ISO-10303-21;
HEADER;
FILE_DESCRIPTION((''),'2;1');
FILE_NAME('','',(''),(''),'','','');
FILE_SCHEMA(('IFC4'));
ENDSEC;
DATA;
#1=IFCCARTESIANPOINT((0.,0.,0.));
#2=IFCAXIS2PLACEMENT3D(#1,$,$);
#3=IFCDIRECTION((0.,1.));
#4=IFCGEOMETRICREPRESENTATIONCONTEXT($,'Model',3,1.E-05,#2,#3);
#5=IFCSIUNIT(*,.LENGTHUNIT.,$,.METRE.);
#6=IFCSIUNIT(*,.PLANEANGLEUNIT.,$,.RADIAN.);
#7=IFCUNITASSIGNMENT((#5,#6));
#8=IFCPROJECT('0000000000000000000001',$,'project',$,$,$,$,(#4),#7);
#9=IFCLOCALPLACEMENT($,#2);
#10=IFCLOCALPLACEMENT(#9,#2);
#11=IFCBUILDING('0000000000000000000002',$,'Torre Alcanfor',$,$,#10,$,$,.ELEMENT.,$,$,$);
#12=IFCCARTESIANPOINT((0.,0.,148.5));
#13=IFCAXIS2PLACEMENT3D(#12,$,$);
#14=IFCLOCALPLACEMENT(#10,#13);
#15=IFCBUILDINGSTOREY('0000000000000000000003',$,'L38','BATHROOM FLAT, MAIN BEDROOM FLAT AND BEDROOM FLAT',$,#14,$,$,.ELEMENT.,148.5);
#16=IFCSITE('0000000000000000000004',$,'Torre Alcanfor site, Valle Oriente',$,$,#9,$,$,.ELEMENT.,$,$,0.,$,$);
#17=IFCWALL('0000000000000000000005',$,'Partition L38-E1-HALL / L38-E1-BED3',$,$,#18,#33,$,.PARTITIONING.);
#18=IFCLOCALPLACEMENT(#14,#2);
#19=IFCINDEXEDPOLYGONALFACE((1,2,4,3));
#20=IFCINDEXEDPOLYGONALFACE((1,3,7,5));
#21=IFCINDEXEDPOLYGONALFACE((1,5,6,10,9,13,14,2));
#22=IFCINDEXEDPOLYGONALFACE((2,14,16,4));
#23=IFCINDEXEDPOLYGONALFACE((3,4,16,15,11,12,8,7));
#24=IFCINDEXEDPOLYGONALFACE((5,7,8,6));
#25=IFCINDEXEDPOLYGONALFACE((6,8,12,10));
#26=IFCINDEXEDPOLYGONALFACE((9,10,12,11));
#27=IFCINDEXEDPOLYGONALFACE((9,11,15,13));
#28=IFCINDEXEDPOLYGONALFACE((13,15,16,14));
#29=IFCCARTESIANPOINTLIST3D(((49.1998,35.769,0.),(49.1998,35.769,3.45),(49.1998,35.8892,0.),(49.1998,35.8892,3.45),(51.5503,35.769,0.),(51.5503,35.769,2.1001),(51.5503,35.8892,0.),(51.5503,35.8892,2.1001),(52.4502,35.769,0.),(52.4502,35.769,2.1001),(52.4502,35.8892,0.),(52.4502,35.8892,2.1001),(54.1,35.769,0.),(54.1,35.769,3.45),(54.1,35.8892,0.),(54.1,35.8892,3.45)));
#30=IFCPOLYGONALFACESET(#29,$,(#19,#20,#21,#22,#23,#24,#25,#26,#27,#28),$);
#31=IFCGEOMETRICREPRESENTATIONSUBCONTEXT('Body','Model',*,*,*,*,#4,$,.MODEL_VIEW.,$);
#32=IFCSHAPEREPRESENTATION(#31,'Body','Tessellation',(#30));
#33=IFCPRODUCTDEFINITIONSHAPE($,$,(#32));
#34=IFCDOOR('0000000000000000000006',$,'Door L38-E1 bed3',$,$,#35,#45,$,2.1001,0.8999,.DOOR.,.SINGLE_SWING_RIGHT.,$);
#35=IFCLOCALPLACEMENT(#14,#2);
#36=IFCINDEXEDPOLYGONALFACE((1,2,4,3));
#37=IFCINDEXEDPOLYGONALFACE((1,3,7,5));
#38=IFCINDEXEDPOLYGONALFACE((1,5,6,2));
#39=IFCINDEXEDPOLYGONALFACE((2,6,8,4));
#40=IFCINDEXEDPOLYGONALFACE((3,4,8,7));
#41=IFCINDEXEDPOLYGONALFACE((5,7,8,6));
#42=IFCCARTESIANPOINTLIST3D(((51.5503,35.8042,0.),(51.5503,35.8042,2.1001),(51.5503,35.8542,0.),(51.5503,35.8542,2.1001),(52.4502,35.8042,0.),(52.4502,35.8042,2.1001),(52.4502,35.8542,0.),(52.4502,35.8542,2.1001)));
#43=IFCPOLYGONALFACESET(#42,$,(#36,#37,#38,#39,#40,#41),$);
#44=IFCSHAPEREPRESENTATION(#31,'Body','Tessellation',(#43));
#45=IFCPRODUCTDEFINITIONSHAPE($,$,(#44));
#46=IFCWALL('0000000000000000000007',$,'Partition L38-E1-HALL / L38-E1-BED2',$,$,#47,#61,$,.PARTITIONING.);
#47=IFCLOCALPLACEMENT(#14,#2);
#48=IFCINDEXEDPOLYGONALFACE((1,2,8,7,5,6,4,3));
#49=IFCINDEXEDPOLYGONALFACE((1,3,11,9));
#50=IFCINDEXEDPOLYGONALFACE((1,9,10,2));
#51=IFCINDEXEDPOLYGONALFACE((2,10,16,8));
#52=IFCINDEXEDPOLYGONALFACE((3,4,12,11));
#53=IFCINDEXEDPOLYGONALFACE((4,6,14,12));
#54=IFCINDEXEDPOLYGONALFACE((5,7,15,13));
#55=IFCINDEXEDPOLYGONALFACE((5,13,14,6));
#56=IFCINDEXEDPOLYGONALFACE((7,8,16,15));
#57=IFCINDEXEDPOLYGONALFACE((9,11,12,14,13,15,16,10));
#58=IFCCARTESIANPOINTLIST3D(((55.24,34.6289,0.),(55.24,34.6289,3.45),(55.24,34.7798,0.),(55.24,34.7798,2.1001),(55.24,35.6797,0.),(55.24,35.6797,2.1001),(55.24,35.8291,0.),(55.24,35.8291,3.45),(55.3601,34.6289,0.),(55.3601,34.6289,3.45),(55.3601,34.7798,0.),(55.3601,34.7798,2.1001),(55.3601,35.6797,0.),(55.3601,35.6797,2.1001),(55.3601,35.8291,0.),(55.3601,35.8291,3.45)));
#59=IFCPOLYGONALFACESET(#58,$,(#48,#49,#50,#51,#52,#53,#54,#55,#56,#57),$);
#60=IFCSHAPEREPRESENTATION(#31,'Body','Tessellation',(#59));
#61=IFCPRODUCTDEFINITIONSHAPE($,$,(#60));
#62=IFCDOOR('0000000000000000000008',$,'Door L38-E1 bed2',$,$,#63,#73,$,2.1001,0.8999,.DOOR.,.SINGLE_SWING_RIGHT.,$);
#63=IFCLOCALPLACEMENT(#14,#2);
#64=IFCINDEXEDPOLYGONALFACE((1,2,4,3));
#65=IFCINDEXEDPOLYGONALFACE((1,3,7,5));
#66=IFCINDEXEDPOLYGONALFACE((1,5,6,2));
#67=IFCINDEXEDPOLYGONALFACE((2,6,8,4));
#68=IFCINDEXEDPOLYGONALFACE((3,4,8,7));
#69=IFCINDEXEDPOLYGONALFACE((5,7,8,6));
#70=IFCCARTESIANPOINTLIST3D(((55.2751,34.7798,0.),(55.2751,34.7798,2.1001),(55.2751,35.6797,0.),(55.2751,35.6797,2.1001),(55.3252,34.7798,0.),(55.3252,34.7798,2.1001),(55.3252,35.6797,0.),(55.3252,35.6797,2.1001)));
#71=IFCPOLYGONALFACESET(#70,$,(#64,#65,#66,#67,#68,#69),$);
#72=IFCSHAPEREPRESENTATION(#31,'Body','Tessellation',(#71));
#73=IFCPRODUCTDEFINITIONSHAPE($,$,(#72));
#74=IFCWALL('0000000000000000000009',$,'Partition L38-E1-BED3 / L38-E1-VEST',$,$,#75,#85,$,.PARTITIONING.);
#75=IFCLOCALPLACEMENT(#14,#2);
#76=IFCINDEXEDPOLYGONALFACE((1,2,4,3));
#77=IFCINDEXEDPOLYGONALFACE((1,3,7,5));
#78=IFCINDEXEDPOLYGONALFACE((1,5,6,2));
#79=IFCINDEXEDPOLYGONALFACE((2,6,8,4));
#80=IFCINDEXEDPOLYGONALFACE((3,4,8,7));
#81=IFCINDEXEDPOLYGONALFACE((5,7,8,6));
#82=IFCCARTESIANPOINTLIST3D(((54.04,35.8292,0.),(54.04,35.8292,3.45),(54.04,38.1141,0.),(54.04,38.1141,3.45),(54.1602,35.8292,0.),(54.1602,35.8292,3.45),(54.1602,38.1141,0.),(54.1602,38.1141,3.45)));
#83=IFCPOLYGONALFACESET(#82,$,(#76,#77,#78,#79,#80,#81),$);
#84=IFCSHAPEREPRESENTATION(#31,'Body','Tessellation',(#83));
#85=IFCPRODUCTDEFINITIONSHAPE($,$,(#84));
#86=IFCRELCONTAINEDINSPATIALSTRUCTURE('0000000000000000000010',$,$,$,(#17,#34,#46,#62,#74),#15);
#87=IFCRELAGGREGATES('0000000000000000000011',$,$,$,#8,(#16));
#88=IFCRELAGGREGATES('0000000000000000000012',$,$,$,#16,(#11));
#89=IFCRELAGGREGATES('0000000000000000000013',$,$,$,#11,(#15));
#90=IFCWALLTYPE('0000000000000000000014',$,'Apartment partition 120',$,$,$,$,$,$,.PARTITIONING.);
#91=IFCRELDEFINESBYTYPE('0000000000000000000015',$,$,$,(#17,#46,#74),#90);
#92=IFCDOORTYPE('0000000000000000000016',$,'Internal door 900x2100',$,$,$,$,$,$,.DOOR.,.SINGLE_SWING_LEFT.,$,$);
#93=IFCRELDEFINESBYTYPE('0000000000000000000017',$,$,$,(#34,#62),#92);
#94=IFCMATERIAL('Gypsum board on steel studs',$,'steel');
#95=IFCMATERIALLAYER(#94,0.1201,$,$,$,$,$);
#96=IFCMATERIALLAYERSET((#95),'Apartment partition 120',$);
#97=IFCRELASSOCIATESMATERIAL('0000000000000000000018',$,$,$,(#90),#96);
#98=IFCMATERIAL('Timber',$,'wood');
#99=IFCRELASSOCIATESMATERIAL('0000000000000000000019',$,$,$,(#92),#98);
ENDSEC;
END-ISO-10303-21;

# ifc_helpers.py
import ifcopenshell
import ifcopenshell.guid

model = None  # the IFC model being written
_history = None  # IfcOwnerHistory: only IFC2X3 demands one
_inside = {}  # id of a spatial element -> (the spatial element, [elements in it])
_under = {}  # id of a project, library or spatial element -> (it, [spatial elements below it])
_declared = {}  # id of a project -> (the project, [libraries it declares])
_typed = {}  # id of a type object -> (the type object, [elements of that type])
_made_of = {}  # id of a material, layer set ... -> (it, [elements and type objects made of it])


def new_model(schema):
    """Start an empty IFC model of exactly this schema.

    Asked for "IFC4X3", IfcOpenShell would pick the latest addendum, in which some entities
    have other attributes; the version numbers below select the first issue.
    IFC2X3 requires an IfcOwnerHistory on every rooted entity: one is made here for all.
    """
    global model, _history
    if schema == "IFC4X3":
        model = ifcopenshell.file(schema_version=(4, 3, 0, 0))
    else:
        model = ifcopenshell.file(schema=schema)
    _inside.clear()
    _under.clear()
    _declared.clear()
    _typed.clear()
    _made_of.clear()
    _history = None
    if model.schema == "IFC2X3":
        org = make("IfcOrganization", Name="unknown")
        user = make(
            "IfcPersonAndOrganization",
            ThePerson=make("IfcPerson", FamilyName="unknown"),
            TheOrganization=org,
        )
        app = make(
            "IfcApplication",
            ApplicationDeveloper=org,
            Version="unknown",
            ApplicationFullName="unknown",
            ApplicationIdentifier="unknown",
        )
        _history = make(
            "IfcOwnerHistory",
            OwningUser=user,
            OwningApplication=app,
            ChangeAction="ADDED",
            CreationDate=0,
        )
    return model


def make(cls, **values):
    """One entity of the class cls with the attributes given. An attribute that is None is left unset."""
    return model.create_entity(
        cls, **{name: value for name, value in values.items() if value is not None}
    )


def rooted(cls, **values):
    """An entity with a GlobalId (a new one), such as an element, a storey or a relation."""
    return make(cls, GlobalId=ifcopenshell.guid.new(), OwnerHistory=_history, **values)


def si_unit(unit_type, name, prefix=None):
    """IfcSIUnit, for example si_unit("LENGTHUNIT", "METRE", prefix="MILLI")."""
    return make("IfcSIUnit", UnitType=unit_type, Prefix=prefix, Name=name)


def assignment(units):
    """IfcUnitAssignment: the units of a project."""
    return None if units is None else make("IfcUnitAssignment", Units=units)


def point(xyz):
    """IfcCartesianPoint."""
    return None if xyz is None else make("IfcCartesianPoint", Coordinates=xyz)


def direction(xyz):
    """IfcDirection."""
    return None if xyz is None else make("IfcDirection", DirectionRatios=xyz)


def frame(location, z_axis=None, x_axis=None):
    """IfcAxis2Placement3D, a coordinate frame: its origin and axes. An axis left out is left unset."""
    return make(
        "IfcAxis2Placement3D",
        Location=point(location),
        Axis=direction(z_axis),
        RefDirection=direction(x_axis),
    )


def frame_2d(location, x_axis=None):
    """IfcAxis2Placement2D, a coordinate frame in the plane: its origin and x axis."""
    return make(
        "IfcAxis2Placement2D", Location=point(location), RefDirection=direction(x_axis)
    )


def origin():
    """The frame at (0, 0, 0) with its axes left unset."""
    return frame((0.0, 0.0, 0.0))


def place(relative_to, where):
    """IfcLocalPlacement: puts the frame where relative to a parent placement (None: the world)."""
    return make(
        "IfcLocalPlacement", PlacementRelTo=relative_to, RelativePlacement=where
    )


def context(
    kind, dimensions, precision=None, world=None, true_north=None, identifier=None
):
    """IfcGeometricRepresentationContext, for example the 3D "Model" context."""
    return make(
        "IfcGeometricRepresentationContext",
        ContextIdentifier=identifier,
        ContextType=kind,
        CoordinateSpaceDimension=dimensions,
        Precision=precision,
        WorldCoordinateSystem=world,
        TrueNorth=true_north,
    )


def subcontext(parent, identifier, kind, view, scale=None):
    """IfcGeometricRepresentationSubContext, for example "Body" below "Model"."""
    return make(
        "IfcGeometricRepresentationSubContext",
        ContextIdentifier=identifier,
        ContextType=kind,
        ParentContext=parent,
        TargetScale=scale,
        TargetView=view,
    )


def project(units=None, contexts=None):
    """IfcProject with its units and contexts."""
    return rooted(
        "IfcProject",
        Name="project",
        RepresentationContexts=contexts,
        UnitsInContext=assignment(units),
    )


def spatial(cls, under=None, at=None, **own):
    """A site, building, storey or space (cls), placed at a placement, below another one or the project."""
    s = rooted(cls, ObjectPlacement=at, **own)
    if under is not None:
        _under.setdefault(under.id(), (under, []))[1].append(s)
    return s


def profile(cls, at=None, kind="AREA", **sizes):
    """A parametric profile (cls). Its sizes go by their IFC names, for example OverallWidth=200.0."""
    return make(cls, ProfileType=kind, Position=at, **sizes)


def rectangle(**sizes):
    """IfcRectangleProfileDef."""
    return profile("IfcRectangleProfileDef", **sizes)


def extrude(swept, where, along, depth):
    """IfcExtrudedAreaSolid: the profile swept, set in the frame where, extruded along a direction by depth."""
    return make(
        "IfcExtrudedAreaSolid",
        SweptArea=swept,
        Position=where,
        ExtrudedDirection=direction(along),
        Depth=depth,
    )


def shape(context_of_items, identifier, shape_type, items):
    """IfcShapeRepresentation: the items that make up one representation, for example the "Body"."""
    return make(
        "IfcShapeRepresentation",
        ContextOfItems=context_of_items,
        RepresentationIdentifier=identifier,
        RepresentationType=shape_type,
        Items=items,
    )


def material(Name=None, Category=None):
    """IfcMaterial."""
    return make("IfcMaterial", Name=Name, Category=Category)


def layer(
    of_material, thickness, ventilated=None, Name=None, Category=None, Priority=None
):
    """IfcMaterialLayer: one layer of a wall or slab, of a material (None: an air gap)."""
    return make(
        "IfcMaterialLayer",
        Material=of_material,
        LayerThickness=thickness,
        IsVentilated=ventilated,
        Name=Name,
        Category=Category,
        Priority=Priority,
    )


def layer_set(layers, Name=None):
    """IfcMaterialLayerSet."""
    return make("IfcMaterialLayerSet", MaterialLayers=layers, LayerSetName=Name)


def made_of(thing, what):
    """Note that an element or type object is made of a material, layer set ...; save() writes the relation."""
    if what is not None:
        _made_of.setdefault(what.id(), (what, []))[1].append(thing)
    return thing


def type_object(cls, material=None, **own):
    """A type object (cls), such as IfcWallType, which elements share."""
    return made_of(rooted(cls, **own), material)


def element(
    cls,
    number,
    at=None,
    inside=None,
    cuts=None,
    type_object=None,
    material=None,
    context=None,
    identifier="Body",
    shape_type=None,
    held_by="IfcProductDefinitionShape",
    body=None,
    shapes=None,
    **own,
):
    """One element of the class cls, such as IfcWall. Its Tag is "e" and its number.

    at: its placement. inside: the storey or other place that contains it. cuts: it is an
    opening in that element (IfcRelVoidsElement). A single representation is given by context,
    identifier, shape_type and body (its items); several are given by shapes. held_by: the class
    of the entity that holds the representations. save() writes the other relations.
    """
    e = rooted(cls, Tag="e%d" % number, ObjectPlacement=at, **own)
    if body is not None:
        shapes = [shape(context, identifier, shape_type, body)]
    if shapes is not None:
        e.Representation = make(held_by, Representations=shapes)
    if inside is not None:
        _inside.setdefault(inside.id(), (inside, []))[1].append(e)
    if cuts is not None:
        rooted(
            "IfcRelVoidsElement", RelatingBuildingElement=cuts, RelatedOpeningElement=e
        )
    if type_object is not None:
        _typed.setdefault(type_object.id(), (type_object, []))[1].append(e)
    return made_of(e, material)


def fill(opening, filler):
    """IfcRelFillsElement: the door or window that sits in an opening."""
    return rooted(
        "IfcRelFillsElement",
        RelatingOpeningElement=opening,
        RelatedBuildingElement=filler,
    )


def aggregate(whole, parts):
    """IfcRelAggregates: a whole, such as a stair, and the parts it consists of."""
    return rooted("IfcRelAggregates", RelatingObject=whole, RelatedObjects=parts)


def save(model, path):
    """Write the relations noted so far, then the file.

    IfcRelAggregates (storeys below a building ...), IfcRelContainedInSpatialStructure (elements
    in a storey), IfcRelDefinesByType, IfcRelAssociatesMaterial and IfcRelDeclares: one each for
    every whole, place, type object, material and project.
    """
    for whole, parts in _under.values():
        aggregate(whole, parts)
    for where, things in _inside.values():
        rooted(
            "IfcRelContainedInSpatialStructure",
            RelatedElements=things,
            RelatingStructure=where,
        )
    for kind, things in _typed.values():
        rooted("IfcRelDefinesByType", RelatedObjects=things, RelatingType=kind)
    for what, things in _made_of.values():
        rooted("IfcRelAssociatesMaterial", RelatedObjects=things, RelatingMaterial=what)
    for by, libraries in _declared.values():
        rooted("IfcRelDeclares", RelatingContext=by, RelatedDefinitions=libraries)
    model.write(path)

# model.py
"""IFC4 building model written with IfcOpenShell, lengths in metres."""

from ifc_helpers import new_model, si_unit, direction, frame, frame_2d, origin, place, context, subcontext, project, spatial, rectangle, extrude, material, layer, layer_set, type_object, element, fill, save


model = new_model("IFC4")

# Units and contexts
model_context = context("Model", 3, precision=1e-05, world=origin(), true_north=direction((0.0, 1.0)))
body_context = subcontext(model_context, "Body", "Model", "MODEL_VIEW")
ifc_project = project(units=[si_unit("LENGTHUNIT", "METRE"), si_unit("PLANEANGLEUNIT", "RADIAN")], contexts=[model_context])

# Site, building, storey
site_placement = place(None, origin())
site = spatial("IfcSite", under=ifc_project, at=site_placement, Name="Torre Alcanfor site, Valle Oriente", CompositionType="ELEMENT", RefElevation=0.0)
building_placement = place(site_placement, origin())
building = spatial("IfcBuilding", under=site, at=building_placement, Name="Torre Alcanfor", CompositionType="ELEMENT")
storey_placement = place(building_placement, frame((0.0, 0.0, 148.5)))
storey = spatial("IfcBuildingStorey", under=building, at=storey_placement, Name="L38", Description="BATHROOM FLAT, MAIN BEDROOM FLAT AND BEDROOM FLAT", CompositionType="ELEMENT", Elevation=148.5)

# Shared definitions
ifc_material_1 = material(Name="Gypsum board on steel studs", Category="steel")
ifc_layer_1 = layer(ifc_material_1, 0.1201)
ifc_layer_set_1 = layer_set([ifc_layer_1], Name="Apartment partition 120")
wall_type = type_object("IfcWallType", Name="Apartment partition 120", PredefinedType="PARTITIONING", material=ifc_layer_set_1)
ifc_material_2 = material(Name="Timber", Category="wood")
door_type = type_object("IfcDoorType", Name="Internal door 900x2100", OperationType="SINGLE_SWING_LEFT", PredefinedType="DOOR", material=ifc_material_2)

# Walls, openings, doors
wall_1_placement = place(storey_placement, frame((54.1001, 35.8291, 0.0), z_axis=(0.0, 0.0, 1.0), x_axis=(-1.0, 0.0, 0.0)))
wall_1 = element("IfcWall", 1, at=wall_1_placement, inside=storey, type_object=wall_type, Name="Partition L38-E1-HALL / L38-E1-BED3", PredefinedType="PARTITIONING", context=body_context, shape_type="SweptSolid", body=[
    extrude(rectangle(XDim=4.9001, YDim=0.1201, at=frame_2d((2.4502, 0.0))), origin(), (0.0, 0.0, 1.0), 3.45),
])
opening_1_placement = place(wall_1_placement, frame((1.6499, 0.0, 0.0)))
opening_1 = element("IfcOpeningElement", 2, at=opening_1_placement, cuts=wall_1, PredefinedType="OPENING", context=body_context, shape_type="SweptSolid", body=[
    extrude(rectangle(XDim=0.8999, YDim=2.1001, at=frame_2d((0.45, 1.05))), frame((0.0, 0.0701, 0.0), z_axis=(0.0, -1.0, 0.0), x_axis=(1.0, 0.0, 0.0)), (0.0, 0.0, 1.0), 0.1401),
])
door_1_placement = place(opening_1_placement, frame((0.8999, 0.0, 0.0), z_axis=(0.0, 0.0, 1.0), x_axis=(-1.0, 0.0, 0.0)))
door_1 = element("IfcDoor", 3, at=door_1_placement, inside=storey, type_object=door_type, Name="Door L38-E1 bed3", OperationType="SINGLE_SWING_RIGHT", OverallHeight=2.1001, OverallWidth=0.8999, PredefinedType="DOOR", context=body_context, shape_type="SweptSolid", body=[
    extrude(rectangle(XDim=0.8999, YDim=2.1001, at=frame_2d((0.45, 1.05))), frame((0.0, 0.0251, 0.0), z_axis=(0.0, -1.0, 0.0), x_axis=(1.0, 0.0, 0.0)), (0.0, 0.0, 1.0), 0.05),
])
fill(opening_1, door_1)
wall_2_placement = place(storey_placement, frame((55.3, 34.6289, 0.0), z_axis=(0.0, 0.0, 1.0), x_axis=(0.0, 1.0, 0.0)))
wall_2 = element("IfcWall", 4, at=wall_2_placement, inside=storey, type_object=wall_type, Name="Partition L38-E1-HALL / L38-E1-BED2", PredefinedType="PARTITIONING", context=body_context, shape_type="SweptSolid", body=[
    extrude(rectangle(XDim=1.2002, YDim=0.1201, at=frame_2d((0.6001, 0.0))), origin(), (0.0, 0.0, 1.0), 3.45),
])
opening_2_placement = place(wall_2_placement, frame((0.1509, 0.0, 0.0)))
opening_2 = element("IfcOpeningElement", 5, at=opening_2_placement, cuts=wall_2, PredefinedType="OPENING", context=body_context, shape_type="SweptSolid", body=[
    extrude(rectangle(XDim=0.8999, YDim=2.1001, at=frame_2d((0.45, 1.05))), frame((0.0, 0.0701, 0.0), z_axis=(0.0, -1.0, 0.0), x_axis=(1.0, 0.0, 0.0)), (0.0, 0.0, 1.0), 0.1401),
])
door_2_placement = place(opening_2_placement, frame((0.8999, 0.0, 0.0), z_axis=(0.0, 0.0, 1.0), x_axis=(-1.0, 0.0, 0.0)))
door_2 = element("IfcDoor", 6, at=door_2_placement, inside=storey, type_object=door_type, Name="Door L38-E1 bed2", OperationType="SINGLE_SWING_RIGHT", OverallHeight=2.1001, OverallWidth=0.8999, PredefinedType="DOOR", context=body_context, shape_type="SweptSolid", body=[
    extrude(rectangle(XDim=0.8999, YDim=2.1001, at=frame_2d((0.45, 1.05))), frame((0.0, 0.0251, 0.0), z_axis=(0.0, -1.0, 0.0), x_axis=(1.0, 0.0, 0.0)), (0.0, 0.0, 1.0), 0.05),
])
fill(opening_2, door_2)

# Wall
wall_3_placement = place(storey_placement, frame((54.1001, 35.8291, 0.0), z_axis=(0.0, 0.0, 1.0), x_axis=(0.0, 1.0, 0.0)))
element("IfcWall", 7, at=wall_3_placement, inside=storey, type_object=wall_type, Name="Partition L38-E1-BED3 / L38-E1-VEST", PredefinedType="PARTITIONING", context=body_context, shape_type="SweptSolid", body=[
    extrude(rectangle(XDim=2.2849, YDim=0.1201, at=frame_2d((1.1426, 0.0))), origin(), (0.0, 0.0, 1.0), 3.45),
])

save(model, "model.ifc")
